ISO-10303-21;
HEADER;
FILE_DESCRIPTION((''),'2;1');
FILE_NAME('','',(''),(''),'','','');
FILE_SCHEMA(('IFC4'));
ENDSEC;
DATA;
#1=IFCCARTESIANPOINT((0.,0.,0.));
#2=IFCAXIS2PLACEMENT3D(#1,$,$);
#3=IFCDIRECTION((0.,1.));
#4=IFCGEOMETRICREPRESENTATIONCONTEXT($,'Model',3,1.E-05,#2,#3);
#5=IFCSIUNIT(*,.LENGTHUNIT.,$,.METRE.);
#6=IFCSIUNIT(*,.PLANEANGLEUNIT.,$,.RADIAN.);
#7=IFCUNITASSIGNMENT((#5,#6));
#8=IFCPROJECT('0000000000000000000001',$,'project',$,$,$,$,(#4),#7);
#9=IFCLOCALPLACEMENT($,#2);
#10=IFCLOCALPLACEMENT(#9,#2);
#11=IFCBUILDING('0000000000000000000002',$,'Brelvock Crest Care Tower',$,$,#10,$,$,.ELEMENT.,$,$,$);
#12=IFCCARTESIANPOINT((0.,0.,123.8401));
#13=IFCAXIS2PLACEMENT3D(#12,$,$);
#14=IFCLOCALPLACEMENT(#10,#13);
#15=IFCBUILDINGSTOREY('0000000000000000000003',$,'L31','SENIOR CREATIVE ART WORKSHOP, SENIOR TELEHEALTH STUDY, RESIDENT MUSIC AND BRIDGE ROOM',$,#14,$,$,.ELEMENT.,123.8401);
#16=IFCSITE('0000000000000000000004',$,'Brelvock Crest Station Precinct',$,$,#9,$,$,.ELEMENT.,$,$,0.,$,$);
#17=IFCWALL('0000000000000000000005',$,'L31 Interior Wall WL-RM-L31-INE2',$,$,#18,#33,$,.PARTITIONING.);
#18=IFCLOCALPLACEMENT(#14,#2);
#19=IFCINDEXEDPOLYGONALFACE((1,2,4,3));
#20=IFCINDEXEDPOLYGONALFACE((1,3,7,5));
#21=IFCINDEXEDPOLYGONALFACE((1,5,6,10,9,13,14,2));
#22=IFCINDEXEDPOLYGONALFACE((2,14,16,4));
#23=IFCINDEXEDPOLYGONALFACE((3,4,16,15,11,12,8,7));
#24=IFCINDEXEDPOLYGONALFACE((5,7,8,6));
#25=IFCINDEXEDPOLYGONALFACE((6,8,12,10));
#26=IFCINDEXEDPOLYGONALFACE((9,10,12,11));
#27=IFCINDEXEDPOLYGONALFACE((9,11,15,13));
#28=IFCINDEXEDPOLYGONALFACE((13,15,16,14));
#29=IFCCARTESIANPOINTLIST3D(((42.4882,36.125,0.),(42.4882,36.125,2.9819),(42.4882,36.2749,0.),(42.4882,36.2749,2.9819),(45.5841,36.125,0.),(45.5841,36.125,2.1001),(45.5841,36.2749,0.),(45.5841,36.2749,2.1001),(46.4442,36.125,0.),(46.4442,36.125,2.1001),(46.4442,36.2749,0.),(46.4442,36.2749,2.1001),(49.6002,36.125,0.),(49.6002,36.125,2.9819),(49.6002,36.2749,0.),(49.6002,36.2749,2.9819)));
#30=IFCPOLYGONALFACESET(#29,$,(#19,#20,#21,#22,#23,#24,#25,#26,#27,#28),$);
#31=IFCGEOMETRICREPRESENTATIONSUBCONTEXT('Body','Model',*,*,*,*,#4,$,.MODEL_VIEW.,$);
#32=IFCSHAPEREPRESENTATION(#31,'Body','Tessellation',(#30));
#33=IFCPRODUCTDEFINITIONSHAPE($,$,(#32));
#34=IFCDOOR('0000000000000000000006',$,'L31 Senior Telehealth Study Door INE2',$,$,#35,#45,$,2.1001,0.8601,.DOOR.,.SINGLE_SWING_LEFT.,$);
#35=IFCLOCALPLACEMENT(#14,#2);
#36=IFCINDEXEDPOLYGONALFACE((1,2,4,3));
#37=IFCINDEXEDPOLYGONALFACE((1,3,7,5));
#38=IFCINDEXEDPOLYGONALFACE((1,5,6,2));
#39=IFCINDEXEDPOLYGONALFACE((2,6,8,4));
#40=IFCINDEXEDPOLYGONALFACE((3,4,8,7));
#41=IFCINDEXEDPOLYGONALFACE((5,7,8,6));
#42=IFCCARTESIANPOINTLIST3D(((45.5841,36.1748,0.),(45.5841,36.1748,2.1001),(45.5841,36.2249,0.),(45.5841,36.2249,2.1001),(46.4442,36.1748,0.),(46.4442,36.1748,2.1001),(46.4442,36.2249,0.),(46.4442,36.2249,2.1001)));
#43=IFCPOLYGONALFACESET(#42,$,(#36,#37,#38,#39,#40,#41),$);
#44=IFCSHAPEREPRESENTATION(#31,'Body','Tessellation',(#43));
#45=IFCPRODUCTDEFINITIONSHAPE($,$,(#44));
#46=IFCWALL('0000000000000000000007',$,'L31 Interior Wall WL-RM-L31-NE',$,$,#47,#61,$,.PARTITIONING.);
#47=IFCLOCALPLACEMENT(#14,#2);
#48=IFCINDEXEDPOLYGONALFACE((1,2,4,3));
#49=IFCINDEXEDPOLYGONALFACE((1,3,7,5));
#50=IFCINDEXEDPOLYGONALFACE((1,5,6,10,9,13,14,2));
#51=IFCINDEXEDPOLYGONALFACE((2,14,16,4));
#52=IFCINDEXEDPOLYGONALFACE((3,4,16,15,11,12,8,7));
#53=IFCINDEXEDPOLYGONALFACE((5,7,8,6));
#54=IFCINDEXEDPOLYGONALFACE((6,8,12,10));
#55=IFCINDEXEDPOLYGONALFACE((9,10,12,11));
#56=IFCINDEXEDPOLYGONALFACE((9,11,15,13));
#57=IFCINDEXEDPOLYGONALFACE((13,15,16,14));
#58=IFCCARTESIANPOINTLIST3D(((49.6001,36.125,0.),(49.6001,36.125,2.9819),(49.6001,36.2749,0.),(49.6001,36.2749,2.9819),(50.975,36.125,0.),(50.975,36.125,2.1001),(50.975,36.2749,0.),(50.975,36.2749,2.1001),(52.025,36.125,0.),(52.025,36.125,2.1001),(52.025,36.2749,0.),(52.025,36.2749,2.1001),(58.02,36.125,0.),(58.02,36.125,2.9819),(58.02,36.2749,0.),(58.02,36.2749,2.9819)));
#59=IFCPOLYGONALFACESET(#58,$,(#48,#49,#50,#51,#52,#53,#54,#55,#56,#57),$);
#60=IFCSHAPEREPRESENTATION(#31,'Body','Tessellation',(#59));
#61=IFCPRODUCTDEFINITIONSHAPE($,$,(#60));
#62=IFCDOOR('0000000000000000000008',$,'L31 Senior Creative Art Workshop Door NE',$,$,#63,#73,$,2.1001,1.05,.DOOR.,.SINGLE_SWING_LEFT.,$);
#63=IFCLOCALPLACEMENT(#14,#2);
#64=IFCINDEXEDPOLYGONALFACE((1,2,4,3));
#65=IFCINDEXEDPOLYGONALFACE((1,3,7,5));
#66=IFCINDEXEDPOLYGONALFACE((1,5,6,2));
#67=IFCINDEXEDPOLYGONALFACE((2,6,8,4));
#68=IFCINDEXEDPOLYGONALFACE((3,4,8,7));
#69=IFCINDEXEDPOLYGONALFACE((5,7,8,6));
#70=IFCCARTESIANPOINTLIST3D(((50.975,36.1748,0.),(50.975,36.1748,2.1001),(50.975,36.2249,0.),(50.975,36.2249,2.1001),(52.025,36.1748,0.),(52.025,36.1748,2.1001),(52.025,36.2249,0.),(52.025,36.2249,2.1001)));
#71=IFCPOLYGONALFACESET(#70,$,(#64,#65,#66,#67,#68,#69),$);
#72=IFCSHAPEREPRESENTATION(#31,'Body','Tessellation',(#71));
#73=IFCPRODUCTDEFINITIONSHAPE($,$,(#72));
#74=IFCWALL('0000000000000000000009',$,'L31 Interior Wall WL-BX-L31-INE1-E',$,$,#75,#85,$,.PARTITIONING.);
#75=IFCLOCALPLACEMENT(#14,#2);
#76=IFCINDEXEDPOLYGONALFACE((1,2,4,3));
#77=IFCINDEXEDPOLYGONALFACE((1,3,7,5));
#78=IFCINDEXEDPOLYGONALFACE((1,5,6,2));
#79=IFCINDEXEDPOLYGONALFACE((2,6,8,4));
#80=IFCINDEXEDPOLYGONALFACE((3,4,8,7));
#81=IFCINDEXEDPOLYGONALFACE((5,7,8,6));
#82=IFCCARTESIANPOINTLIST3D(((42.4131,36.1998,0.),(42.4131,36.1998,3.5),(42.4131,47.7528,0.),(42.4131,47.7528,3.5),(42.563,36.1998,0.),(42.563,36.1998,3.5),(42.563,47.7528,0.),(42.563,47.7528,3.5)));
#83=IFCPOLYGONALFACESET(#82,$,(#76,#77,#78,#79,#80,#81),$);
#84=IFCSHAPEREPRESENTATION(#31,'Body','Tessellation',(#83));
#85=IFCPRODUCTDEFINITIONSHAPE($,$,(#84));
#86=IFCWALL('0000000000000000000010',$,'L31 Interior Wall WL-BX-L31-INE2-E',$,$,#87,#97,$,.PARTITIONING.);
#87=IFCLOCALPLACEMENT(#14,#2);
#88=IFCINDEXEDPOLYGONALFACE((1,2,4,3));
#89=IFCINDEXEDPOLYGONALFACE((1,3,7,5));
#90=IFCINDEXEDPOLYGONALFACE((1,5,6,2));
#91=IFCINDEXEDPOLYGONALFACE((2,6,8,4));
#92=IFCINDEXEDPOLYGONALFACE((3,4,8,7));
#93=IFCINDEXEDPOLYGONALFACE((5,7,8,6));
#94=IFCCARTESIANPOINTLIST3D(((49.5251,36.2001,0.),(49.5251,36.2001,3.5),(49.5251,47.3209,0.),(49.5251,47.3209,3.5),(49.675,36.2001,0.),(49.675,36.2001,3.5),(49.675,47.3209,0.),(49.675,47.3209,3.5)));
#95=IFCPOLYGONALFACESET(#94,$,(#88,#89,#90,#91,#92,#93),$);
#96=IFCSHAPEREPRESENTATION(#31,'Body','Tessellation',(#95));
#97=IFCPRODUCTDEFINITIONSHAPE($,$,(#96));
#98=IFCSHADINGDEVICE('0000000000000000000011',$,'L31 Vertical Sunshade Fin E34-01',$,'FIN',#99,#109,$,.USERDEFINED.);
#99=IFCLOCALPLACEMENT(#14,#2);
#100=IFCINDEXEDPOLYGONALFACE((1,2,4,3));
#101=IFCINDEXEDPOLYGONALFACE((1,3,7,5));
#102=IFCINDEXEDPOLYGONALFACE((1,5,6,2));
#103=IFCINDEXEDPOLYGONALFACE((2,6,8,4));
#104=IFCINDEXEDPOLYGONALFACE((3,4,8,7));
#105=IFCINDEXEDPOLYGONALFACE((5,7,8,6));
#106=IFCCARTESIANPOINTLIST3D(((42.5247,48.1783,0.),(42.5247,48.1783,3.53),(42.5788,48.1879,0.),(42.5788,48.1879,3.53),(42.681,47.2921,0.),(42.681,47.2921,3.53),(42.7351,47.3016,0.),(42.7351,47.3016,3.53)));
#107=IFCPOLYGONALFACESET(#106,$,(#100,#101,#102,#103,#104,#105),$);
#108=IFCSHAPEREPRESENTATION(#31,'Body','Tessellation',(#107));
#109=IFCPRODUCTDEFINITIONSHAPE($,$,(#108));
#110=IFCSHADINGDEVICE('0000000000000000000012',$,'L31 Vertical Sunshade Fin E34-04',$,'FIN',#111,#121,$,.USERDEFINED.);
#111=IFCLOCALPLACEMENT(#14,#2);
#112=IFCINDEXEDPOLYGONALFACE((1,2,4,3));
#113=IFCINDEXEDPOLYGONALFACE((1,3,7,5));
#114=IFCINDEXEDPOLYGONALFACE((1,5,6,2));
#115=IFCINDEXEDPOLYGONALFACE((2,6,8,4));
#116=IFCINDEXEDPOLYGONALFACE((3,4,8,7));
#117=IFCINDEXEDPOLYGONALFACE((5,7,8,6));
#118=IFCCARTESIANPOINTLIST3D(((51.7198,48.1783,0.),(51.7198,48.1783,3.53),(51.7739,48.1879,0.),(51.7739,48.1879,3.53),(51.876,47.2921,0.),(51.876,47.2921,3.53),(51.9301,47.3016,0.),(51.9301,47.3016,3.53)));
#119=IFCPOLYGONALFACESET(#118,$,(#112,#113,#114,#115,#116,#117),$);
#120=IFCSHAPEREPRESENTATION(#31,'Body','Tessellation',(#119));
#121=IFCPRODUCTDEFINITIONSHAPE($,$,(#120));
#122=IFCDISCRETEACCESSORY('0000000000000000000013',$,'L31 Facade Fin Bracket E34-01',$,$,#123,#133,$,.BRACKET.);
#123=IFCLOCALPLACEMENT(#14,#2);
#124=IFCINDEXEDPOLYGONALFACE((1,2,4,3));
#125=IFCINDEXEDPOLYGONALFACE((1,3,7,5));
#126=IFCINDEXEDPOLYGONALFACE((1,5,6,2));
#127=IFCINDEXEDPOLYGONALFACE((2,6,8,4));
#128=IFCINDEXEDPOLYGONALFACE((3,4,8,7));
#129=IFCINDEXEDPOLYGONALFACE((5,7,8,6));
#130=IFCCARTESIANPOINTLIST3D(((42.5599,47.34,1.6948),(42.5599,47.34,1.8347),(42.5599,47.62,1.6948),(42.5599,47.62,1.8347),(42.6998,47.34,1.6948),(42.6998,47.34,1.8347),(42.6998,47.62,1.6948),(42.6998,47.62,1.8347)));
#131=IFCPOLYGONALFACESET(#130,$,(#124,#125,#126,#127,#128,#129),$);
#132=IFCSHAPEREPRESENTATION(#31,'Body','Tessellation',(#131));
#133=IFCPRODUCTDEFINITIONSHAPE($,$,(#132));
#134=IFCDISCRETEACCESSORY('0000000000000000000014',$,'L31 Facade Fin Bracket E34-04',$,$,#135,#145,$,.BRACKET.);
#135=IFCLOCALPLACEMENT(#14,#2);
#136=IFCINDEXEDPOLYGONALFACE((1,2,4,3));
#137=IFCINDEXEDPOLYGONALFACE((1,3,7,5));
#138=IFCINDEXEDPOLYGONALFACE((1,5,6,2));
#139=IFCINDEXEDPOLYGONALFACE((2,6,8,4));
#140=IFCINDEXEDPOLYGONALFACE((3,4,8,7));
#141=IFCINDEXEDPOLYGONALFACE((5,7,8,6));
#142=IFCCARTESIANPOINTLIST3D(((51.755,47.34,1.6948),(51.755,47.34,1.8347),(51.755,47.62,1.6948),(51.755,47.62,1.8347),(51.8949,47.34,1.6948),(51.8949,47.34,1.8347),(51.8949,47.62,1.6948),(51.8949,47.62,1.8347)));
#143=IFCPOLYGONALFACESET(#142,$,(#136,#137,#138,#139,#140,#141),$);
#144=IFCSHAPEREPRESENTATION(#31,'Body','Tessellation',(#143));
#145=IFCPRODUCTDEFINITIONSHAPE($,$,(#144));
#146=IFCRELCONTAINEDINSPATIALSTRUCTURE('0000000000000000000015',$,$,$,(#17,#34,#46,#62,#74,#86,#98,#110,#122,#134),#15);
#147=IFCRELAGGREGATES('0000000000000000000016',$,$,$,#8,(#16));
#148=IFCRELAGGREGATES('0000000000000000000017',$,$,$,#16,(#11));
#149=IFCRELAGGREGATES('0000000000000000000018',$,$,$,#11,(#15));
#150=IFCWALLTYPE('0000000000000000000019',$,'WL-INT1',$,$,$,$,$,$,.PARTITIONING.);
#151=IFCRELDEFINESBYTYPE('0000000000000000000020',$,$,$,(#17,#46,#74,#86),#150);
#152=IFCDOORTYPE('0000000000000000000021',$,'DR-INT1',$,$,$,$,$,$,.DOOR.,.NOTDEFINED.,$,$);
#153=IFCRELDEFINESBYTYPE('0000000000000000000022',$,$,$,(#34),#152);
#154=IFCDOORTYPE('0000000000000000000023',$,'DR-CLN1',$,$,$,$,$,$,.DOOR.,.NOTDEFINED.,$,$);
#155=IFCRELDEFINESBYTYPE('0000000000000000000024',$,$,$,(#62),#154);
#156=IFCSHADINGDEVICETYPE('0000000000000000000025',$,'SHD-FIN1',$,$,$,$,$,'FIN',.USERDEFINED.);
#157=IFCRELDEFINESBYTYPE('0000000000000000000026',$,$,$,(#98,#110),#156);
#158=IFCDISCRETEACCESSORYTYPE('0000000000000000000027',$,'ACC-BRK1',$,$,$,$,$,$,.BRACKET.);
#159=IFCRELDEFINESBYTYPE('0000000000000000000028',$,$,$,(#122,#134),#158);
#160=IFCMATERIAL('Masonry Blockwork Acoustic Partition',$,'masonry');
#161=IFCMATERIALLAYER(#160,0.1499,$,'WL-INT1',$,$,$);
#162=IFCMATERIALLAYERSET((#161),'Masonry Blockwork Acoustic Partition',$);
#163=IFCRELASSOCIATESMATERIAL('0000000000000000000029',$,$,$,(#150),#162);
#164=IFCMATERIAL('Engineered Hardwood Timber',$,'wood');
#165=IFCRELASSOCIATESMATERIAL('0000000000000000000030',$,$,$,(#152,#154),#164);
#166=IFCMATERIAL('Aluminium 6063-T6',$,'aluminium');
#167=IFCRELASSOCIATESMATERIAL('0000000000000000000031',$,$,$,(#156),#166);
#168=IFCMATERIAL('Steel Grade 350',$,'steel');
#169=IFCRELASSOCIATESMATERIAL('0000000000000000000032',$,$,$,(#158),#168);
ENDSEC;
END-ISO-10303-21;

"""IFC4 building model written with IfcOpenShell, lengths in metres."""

from ifc_helpers import new_model, si_unit, direction, frame, frame_2d, origin, origin_2d, place, context, subcontext, project, spatial, rectangle, extrude, source, transform, mapped, material, layer, layer_set, material_profile, profile_set, type_object, element, fill, save


model = new_model("IFC4")

# Units and contexts
model_context = context("Model", 3, precision=1e-05, world=origin(), true_north=direction((0.0, 1.0)))
body_context = subcontext(model_context, "Body", "Model", "MODEL_VIEW")
ifc_project = project(units=[si_unit("LENGTHUNIT", "METRE"), si_unit("PLANEANGLEUNIT", "RADIAN")], contexts=[model_context])

# Site, building, storey
site_placement = place(None, origin())
site = spatial("IfcSite", under=ifc_project, at=site_placement, Name="Brelvock Crest Station Precinct", CompositionType="ELEMENT", RefElevation=0.0)
building_placement = place(site_placement, origin())
building = spatial("IfcBuilding", under=site, at=building_placement, Name="Brelvock Crest Care Tower", CompositionType="ELEMENT")
storey_placement = place(building_placement, frame((0.0, 0.0, 123.8401)))
storey = spatial("IfcBuildingStorey", under=building, at=storey_placement, Name="L31", Description="SENIOR CREATIVE ART WORKSHOP, SENIOR TELEHEALTH STUDY, RESIDENT MUSIC AND BRIDGE ROOM", CompositionType="ELEMENT", Elevation=123.8401)

# Shared definitions
ifc_material_1 = material(Name="Aluminium 6063-T6", Category="aluminium")

# Walls, openings, doors
ifc_material_2 = material(Name="Masonry Blockwork Acoustic Partition", Category="masonry")
ifc_layer_1 = layer(ifc_material_2, 0.1499, Name="WL-INT1")
ifc_layer_set_1 = layer_set([ifc_layer_1], Name="Masonry Blockwork Acoustic Partition")
wall_type_1 = type_object("IfcWallType", Name="WL-INT1", PredefinedType="PARTITIONING", material=ifc_layer_set_1)
ifc_material_3 = material(Name="Engineered Hardwood Timber", Category="wood")
door_type_1 = type_object("IfcDoorType", Name="DR-INT1", OperationType="NOTDEFINED", PredefinedType="DOOR", material=ifc_material_3)
shared_shape_1 = source(origin(), body_context, "Body", "SweptSolid", [
    extrude(rectangle(XDim=0.8601, YDim=2.1001, at=origin_2d()), frame((0.4302, 0.0249, 1.05), z_axis=(0.0, -1.0, 0.0), x_axis=(1.0, 0.0, 0.0)), (0.0, 0.0, 1.0), 0.05),
])
door_type_2 = type_object("IfcDoorType", Name="DR-CLN1", OperationType="NOTDEFINED", PredefinedType="DOOR", material=ifc_material_3)
shared_shape_2 = source(origin(), body_context, "Body", "SweptSolid", [
    extrude(rectangle(XDim=1.05, YDim=2.1001, at=origin_2d()), frame((0.5249, 0.0249, 1.05), z_axis=(0.0, -1.0, 0.0), x_axis=(1.0, 0.0, 0.0)), (0.0, 0.0, 1.0), 0.05),
])
wall_1_placement = place(storey_placement, frame((42.488, 36.2, 0.0), z_axis=(0.0, 0.0, 1.0), x_axis=(1.0, 0.0, 0.0)))
wall_1 = element("IfcWall", 1, at=wall_1_placement, inside=storey, type_object=wall_type_1, Name="L31 Interior Wall WL-RM-L31-INE2", PredefinedType="PARTITIONING", context=body_context, shape_type="SweptSolid", body=[
    extrude(rectangle(XDim=7.1121, YDim=0.1499, at=frame_2d((3.5562, 0.0))), origin(), (0.0, 0.0, 1.0), 2.9819),
])
opening_1_placement = place(wall_1_placement, frame((3.0959, 0.0, 0.0)))
opening_1 = element("IfcOpeningElement", 2, at=opening_1_placement, cuts=wall_1, PredefinedType="OPENING", context=body_context, shape_type="SweptSolid", body=[
    extrude(rectangle(XDim=0.8601, YDim=2.1001, at=origin_2d()), frame((0.4302, 0.085, 1.05), z_axis=(0.0, -1.0, 0.0), x_axis=(1.0, 0.0, 0.0)), (0.0, 0.0, 1.0), 0.1699),
])
door_1_placement = place(opening_1_placement, origin())
door_1 = element("IfcDoor", 3, at=door_1_placement, inside=storey, type_object=door_type_1, Name="L31 Senior Telehealth Study Door INE2", OperationType="SINGLE_SWING_LEFT", OverallHeight=2.1001, OverallWidth=0.8601, PredefinedType="DOOR", context=body_context, shape_type="MappedRepresentation", body=[
    mapped(shared_shape_1, transform((0.0, 0.0, 0.0), x_axis=(1.0, 0.0, 0.0), y_axis=(0.0, 1.0, 0.0), z_axis=(0.0, 0.0, 1.0), scale=1.0)),
])
fill(opening_1, door_1)
wall_2_placement = place(storey_placement, frame((49.6001, 36.2, 0.0), z_axis=(0.0, 0.0, 1.0), x_axis=(1.0, 0.0, 0.0)))
wall_2 = element("IfcWall", 4, at=wall_2_placement, inside=storey, type_object=wall_type_1, Name="L31 Interior Wall WL-RM-L31-NE", PredefinedType="PARTITIONING", context=body_context, shape_type="SweptSolid", body=[
    extrude(rectangle(XDim=8.4199, YDim=0.1499, at=frame_2d((4.21, 0.0))), origin(), (0.0, 0.0, 1.0), 2.9819),
])
opening_2_placement = place(wall_2_placement, frame((1.375, 0.0, 0.0)))
opening_2 = element("IfcOpeningElement", 5, at=opening_2_placement, cuts=wall_2, PredefinedType="OPENING", context=body_context, shape_type="SweptSolid", body=[
    extrude(rectangle(XDim=1.05, YDim=2.1001, at=origin_2d()), frame((0.5249, 0.085, 1.05), z_axis=(0.0, -1.0, 0.0), x_axis=(1.0, 0.0, 0.0)), (0.0, 0.0, 1.0), 0.1699),
])
door_2_placement = place(opening_2_placement, origin())
door_2 = element("IfcDoor", 6, at=door_2_placement, inside=storey, type_object=door_type_2, Name="L31 Senior Creative Art Workshop Door NE", OperationType="SINGLE_SWING_LEFT", OverallHeight=2.1001, OverallWidth=1.05, PredefinedType="DOOR", context=body_context, shape_type="MappedRepresentation", body=[
    mapped(shared_shape_2, transform((0.0, 0.0, 0.0), x_axis=(1.0, 0.0, 0.0), y_axis=(0.0, 1.0, 0.0), z_axis=(0.0, 0.0, 1.0), scale=1.0)),
])
fill(opening_2, door_2)

# Walls
wall_3_placement = place(storey_placement, frame((42.488, 36.2, 0.0), z_axis=(0.0, 0.0, 1.0), x_axis=(0.0, 1.0, 0.0)))
element("IfcWall", 7, at=wall_3_placement, inside=storey, type_object=wall_type_1, Name="L31 Interior Wall WL-BX-L31-INE1-E", PredefinedType="PARTITIONING", context=body_context, shape_type="SweptSolid", body=[
    extrude(rectangle(XDim=11.553, YDim=0.1499, at=frame_2d((5.7764, 0.0))), origin(), (0.0, 0.0, 1.0), 3.5),
])
wall_4_placement = place(storey_placement, frame((49.6001, 36.2, 0.0), z_axis=(0.0, 0.0, 1.0), x_axis=(0.0, 1.0, 0.0)))
element("IfcWall", 8, at=wall_4_placement, inside=storey, type_object=wall_type_1, Name="L31 Interior Wall WL-BX-L31-INE2-E", PredefinedType="PARTITIONING", context=body_context, shape_type="SweptSolid", body=[
    extrude(rectangle(XDim=11.1208, YDim=0.1499, at=frame_2d((5.5605, 0.0))), origin(), (0.0, 0.0, 1.0), 3.5),
])

# Shading devices
ifc_material_profile_1 = material_profile(ifc_material_1, rectangle(XDim=0.0549, YDim=0.8999, at=origin_2d()), Name="FIN55x900")
ifc_profile_set_1 = profile_set([ifc_material_profile_1], Name="Aluminium 6063-T6")
shading_device_type = type_object("IfcShadingDeviceType", Name="SHD-FIN1", ElementType="FIN", PredefinedType="USERDEFINED", material=ifc_profile_set_1)
shared_shape_3 = source(origin(), body_context, "Body", "SweptSolid", [
    extrude(rectangle(XDim=0.0549, YDim=0.8999, at=origin_2d()), origin(), (0.0, 0.0, 1.0), 3.53),
])
for number, where, z_axis, x_axis, name in (
    (9, (42.6299, 47.74, 0.0), (0.0, 0.0, 1.0), (0.984808, 0.173648, 0.0), "L31 Vertical Sunshade Fin E34-01"),
    (10, (51.825, 47.74, 0.0), (0.0, 0.0, 1.0), (0.984808, 0.173648, 0.0), "L31 Vertical Sunshade Fin E34-04"),
):
    element("IfcShadingDevice", number, at=place(storey_placement, frame(where, z_axis=z_axis, x_axis=x_axis)), inside=storey, type_object=shading_device_type, Name=name, ObjectType="FIN", PredefinedType="USERDEFINED", context=body_context, shape_type="MappedRepresentation", body=[
        mapped(shared_shape_3, transform((0.0, 0.0, 0.0), x_axis=(1.0, 0.0, 0.0), y_axis=(0.0, 1.0, 0.0), z_axis=(0.0, 0.0, 1.0), scale=1.0)),
    ])

# Discrete accessories
ifc_material_4 = material(Name="Steel Grade 350", Category="steel")
discrete_accessory_type = type_object("IfcDiscreteAccessoryType", Name="ACC-BRK1", PredefinedType="BRACKET", material=ifc_material_4)
shared_shape_4 = source(origin(), body_context, "Body", "SweptSolid", [
    extrude(rectangle(XDim=0.28, YDim=0.1399, at=origin_2d()), origin(), (0.0, 0.0, 1.0), 0.1399),
])
for number, where, z_axis, x_axis, name in (
    (11, (42.6299, 47.48, 1.6948), (0.0, 0.0, 1.0), (0.0, 1.0, 0.0), "L31 Facade Fin Bracket E34-01"),
    (12, (51.825, 47.48, 1.6948), (0.0, 0.0, 1.0), (0.0, 1.0, 0.0), "L31 Facade Fin Bracket E34-04"),
):
    element("IfcDiscreteAccessory", number, at=place(storey_placement, frame(where, z_axis=z_axis, x_axis=x_axis)), inside=storey, type_object=discrete_accessory_type, Name=name, PredefinedType="BRACKET", context=body_context, shape_type="MappedRepresentation", body=[
        mapped(shared_shape_4, transform((0.0, 0.0, 0.0), x_axis=(1.0, 0.0, 0.0), y_axis=(0.0, 1.0, 0.0), z_axis=(0.0, 0.0, 1.0), scale=1.0)),
    ])

save(model, "model.ifc")
